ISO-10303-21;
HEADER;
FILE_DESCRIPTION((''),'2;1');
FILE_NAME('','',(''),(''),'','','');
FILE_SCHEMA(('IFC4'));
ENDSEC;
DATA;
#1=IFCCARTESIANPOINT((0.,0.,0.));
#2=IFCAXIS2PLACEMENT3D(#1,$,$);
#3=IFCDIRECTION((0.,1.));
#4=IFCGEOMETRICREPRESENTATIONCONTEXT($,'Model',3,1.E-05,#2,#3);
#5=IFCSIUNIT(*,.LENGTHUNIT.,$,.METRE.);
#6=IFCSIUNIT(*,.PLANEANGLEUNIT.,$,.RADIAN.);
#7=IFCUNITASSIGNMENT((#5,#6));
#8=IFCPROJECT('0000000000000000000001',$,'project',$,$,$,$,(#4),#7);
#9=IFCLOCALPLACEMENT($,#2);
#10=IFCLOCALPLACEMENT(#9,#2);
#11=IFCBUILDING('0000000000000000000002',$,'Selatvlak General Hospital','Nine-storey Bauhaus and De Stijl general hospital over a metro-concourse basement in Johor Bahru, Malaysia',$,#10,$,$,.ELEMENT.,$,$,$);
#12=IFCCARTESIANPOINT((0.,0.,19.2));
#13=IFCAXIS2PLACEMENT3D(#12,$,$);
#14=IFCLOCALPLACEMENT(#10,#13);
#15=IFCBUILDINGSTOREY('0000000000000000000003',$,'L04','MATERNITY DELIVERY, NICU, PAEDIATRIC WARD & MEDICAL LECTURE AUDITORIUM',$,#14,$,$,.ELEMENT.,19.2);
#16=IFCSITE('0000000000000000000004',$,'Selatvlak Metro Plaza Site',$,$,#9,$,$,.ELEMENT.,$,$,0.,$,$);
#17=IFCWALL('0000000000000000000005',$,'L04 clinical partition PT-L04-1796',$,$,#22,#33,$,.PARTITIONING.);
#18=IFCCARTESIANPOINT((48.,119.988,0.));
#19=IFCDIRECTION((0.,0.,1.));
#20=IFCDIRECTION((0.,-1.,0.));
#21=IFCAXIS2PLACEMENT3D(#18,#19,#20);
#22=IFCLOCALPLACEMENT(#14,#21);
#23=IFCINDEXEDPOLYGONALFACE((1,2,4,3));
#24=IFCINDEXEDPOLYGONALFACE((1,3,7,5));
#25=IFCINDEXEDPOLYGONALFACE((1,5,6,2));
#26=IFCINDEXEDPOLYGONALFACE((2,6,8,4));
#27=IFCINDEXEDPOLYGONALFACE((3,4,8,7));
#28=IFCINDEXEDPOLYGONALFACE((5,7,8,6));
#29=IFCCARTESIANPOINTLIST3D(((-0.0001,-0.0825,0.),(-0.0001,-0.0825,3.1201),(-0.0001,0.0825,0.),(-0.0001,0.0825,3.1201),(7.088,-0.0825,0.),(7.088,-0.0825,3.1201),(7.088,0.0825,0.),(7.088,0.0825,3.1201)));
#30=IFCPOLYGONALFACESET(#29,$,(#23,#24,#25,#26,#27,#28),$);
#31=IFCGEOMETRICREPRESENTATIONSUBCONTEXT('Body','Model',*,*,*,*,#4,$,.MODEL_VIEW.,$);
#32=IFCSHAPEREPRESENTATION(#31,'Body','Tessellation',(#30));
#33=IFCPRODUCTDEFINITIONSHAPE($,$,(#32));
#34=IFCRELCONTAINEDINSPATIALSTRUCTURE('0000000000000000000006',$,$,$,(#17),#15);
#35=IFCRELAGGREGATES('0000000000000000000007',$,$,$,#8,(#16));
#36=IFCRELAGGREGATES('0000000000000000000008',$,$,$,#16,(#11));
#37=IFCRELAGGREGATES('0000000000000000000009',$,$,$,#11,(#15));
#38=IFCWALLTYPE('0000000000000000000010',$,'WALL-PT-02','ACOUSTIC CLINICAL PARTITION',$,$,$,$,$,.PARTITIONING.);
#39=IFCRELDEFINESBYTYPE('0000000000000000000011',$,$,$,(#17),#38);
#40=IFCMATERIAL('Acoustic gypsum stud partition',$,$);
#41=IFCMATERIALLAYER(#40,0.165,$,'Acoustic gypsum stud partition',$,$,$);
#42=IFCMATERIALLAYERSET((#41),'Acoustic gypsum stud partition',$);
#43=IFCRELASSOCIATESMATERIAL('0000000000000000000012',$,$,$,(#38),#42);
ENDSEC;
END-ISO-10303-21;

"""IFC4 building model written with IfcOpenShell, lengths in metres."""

from ifc_helpers import new_model, si_unit, direction, frame, frame_2d, origin, place, context, subcontext, project, spatial, rectangle, extrude, material, layer, layer_set, type_object, element, save


model = new_model("IFC4")

# Units and contexts
model_context = context("Model", 3, precision=1e-05, world=origin(), true_north=direction((0.0, 1.0)))
body_context = subcontext(model_context, "Body", "Model", "MODEL_VIEW")
ifc_project = project(units=[si_unit("LENGTHUNIT", "METRE"), si_unit("PLANEANGLEUNIT", "RADIAN")], contexts=[model_context])

# Site, building, storey
site_placement = place(None, origin())
site = spatial("IfcSite", under=ifc_project, at=site_placement, Name="Selatvlak Metro Plaza Site", CompositionType="ELEMENT", RefElevation=0.0)
building_placement = place(site_placement, origin())
building = spatial("IfcBuilding", under=site, at=building_placement, Name="Selatvlak General Hospital", Description="Nine-storey Bauhaus and De Stijl general hospital over a metro-concourse basement in Johor Bahru, Malaysia", CompositionType="ELEMENT")
storey_placement = place(building_placement, frame((0.0, 0.0, 19.2)))
storey = spatial("IfcBuildingStorey", under=building, at=storey_placement, Name="L04", Description="MATERNITY DELIVERY, NICU, PAEDIATRIC WARD & MEDICAL LECTURE AUDITORIUM", CompositionType="ELEMENT", Elevation=19.2)

# Wall
ifc_material_1 = material(Name="Acoustic gypsum stud partition")
ifc_layer_1 = layer(ifc_material_1, 0.165, Name="Acoustic gypsum stud partition")
ifc_layer_set_1 = layer_set([ifc_layer_1], Name="Acoustic gypsum stud partition")
wall_type_1 = type_object("IfcWallType", Name="WALL-PT-02", Description="ACOUSTIC CLINICAL PARTITION", PredefinedType="PARTITIONING", material=ifc_layer_set_1)
wall_1_placement = place(storey_placement, frame((48.0, 119.988, 0.0), z_axis=(0.0, 0.0, 1.0), x_axis=(0.0, -1.0, 0.0)))
element("IfcWall", 1, at=wall_1_placement, inside=storey, type_object=wall_type_1, Name="L04 clinical partition PT-L04-1796", PredefinedType="PARTITIONING", context=body_context, shape_type="SweptSolid", body=[
    extrude(rectangle(XDim=7.0881, YDim=0.165, at=frame_2d((3.5439, 0.0))), origin(), (0.0, 0.0, 1.0), 3.1201),
])

save(model, "model.ifc")
